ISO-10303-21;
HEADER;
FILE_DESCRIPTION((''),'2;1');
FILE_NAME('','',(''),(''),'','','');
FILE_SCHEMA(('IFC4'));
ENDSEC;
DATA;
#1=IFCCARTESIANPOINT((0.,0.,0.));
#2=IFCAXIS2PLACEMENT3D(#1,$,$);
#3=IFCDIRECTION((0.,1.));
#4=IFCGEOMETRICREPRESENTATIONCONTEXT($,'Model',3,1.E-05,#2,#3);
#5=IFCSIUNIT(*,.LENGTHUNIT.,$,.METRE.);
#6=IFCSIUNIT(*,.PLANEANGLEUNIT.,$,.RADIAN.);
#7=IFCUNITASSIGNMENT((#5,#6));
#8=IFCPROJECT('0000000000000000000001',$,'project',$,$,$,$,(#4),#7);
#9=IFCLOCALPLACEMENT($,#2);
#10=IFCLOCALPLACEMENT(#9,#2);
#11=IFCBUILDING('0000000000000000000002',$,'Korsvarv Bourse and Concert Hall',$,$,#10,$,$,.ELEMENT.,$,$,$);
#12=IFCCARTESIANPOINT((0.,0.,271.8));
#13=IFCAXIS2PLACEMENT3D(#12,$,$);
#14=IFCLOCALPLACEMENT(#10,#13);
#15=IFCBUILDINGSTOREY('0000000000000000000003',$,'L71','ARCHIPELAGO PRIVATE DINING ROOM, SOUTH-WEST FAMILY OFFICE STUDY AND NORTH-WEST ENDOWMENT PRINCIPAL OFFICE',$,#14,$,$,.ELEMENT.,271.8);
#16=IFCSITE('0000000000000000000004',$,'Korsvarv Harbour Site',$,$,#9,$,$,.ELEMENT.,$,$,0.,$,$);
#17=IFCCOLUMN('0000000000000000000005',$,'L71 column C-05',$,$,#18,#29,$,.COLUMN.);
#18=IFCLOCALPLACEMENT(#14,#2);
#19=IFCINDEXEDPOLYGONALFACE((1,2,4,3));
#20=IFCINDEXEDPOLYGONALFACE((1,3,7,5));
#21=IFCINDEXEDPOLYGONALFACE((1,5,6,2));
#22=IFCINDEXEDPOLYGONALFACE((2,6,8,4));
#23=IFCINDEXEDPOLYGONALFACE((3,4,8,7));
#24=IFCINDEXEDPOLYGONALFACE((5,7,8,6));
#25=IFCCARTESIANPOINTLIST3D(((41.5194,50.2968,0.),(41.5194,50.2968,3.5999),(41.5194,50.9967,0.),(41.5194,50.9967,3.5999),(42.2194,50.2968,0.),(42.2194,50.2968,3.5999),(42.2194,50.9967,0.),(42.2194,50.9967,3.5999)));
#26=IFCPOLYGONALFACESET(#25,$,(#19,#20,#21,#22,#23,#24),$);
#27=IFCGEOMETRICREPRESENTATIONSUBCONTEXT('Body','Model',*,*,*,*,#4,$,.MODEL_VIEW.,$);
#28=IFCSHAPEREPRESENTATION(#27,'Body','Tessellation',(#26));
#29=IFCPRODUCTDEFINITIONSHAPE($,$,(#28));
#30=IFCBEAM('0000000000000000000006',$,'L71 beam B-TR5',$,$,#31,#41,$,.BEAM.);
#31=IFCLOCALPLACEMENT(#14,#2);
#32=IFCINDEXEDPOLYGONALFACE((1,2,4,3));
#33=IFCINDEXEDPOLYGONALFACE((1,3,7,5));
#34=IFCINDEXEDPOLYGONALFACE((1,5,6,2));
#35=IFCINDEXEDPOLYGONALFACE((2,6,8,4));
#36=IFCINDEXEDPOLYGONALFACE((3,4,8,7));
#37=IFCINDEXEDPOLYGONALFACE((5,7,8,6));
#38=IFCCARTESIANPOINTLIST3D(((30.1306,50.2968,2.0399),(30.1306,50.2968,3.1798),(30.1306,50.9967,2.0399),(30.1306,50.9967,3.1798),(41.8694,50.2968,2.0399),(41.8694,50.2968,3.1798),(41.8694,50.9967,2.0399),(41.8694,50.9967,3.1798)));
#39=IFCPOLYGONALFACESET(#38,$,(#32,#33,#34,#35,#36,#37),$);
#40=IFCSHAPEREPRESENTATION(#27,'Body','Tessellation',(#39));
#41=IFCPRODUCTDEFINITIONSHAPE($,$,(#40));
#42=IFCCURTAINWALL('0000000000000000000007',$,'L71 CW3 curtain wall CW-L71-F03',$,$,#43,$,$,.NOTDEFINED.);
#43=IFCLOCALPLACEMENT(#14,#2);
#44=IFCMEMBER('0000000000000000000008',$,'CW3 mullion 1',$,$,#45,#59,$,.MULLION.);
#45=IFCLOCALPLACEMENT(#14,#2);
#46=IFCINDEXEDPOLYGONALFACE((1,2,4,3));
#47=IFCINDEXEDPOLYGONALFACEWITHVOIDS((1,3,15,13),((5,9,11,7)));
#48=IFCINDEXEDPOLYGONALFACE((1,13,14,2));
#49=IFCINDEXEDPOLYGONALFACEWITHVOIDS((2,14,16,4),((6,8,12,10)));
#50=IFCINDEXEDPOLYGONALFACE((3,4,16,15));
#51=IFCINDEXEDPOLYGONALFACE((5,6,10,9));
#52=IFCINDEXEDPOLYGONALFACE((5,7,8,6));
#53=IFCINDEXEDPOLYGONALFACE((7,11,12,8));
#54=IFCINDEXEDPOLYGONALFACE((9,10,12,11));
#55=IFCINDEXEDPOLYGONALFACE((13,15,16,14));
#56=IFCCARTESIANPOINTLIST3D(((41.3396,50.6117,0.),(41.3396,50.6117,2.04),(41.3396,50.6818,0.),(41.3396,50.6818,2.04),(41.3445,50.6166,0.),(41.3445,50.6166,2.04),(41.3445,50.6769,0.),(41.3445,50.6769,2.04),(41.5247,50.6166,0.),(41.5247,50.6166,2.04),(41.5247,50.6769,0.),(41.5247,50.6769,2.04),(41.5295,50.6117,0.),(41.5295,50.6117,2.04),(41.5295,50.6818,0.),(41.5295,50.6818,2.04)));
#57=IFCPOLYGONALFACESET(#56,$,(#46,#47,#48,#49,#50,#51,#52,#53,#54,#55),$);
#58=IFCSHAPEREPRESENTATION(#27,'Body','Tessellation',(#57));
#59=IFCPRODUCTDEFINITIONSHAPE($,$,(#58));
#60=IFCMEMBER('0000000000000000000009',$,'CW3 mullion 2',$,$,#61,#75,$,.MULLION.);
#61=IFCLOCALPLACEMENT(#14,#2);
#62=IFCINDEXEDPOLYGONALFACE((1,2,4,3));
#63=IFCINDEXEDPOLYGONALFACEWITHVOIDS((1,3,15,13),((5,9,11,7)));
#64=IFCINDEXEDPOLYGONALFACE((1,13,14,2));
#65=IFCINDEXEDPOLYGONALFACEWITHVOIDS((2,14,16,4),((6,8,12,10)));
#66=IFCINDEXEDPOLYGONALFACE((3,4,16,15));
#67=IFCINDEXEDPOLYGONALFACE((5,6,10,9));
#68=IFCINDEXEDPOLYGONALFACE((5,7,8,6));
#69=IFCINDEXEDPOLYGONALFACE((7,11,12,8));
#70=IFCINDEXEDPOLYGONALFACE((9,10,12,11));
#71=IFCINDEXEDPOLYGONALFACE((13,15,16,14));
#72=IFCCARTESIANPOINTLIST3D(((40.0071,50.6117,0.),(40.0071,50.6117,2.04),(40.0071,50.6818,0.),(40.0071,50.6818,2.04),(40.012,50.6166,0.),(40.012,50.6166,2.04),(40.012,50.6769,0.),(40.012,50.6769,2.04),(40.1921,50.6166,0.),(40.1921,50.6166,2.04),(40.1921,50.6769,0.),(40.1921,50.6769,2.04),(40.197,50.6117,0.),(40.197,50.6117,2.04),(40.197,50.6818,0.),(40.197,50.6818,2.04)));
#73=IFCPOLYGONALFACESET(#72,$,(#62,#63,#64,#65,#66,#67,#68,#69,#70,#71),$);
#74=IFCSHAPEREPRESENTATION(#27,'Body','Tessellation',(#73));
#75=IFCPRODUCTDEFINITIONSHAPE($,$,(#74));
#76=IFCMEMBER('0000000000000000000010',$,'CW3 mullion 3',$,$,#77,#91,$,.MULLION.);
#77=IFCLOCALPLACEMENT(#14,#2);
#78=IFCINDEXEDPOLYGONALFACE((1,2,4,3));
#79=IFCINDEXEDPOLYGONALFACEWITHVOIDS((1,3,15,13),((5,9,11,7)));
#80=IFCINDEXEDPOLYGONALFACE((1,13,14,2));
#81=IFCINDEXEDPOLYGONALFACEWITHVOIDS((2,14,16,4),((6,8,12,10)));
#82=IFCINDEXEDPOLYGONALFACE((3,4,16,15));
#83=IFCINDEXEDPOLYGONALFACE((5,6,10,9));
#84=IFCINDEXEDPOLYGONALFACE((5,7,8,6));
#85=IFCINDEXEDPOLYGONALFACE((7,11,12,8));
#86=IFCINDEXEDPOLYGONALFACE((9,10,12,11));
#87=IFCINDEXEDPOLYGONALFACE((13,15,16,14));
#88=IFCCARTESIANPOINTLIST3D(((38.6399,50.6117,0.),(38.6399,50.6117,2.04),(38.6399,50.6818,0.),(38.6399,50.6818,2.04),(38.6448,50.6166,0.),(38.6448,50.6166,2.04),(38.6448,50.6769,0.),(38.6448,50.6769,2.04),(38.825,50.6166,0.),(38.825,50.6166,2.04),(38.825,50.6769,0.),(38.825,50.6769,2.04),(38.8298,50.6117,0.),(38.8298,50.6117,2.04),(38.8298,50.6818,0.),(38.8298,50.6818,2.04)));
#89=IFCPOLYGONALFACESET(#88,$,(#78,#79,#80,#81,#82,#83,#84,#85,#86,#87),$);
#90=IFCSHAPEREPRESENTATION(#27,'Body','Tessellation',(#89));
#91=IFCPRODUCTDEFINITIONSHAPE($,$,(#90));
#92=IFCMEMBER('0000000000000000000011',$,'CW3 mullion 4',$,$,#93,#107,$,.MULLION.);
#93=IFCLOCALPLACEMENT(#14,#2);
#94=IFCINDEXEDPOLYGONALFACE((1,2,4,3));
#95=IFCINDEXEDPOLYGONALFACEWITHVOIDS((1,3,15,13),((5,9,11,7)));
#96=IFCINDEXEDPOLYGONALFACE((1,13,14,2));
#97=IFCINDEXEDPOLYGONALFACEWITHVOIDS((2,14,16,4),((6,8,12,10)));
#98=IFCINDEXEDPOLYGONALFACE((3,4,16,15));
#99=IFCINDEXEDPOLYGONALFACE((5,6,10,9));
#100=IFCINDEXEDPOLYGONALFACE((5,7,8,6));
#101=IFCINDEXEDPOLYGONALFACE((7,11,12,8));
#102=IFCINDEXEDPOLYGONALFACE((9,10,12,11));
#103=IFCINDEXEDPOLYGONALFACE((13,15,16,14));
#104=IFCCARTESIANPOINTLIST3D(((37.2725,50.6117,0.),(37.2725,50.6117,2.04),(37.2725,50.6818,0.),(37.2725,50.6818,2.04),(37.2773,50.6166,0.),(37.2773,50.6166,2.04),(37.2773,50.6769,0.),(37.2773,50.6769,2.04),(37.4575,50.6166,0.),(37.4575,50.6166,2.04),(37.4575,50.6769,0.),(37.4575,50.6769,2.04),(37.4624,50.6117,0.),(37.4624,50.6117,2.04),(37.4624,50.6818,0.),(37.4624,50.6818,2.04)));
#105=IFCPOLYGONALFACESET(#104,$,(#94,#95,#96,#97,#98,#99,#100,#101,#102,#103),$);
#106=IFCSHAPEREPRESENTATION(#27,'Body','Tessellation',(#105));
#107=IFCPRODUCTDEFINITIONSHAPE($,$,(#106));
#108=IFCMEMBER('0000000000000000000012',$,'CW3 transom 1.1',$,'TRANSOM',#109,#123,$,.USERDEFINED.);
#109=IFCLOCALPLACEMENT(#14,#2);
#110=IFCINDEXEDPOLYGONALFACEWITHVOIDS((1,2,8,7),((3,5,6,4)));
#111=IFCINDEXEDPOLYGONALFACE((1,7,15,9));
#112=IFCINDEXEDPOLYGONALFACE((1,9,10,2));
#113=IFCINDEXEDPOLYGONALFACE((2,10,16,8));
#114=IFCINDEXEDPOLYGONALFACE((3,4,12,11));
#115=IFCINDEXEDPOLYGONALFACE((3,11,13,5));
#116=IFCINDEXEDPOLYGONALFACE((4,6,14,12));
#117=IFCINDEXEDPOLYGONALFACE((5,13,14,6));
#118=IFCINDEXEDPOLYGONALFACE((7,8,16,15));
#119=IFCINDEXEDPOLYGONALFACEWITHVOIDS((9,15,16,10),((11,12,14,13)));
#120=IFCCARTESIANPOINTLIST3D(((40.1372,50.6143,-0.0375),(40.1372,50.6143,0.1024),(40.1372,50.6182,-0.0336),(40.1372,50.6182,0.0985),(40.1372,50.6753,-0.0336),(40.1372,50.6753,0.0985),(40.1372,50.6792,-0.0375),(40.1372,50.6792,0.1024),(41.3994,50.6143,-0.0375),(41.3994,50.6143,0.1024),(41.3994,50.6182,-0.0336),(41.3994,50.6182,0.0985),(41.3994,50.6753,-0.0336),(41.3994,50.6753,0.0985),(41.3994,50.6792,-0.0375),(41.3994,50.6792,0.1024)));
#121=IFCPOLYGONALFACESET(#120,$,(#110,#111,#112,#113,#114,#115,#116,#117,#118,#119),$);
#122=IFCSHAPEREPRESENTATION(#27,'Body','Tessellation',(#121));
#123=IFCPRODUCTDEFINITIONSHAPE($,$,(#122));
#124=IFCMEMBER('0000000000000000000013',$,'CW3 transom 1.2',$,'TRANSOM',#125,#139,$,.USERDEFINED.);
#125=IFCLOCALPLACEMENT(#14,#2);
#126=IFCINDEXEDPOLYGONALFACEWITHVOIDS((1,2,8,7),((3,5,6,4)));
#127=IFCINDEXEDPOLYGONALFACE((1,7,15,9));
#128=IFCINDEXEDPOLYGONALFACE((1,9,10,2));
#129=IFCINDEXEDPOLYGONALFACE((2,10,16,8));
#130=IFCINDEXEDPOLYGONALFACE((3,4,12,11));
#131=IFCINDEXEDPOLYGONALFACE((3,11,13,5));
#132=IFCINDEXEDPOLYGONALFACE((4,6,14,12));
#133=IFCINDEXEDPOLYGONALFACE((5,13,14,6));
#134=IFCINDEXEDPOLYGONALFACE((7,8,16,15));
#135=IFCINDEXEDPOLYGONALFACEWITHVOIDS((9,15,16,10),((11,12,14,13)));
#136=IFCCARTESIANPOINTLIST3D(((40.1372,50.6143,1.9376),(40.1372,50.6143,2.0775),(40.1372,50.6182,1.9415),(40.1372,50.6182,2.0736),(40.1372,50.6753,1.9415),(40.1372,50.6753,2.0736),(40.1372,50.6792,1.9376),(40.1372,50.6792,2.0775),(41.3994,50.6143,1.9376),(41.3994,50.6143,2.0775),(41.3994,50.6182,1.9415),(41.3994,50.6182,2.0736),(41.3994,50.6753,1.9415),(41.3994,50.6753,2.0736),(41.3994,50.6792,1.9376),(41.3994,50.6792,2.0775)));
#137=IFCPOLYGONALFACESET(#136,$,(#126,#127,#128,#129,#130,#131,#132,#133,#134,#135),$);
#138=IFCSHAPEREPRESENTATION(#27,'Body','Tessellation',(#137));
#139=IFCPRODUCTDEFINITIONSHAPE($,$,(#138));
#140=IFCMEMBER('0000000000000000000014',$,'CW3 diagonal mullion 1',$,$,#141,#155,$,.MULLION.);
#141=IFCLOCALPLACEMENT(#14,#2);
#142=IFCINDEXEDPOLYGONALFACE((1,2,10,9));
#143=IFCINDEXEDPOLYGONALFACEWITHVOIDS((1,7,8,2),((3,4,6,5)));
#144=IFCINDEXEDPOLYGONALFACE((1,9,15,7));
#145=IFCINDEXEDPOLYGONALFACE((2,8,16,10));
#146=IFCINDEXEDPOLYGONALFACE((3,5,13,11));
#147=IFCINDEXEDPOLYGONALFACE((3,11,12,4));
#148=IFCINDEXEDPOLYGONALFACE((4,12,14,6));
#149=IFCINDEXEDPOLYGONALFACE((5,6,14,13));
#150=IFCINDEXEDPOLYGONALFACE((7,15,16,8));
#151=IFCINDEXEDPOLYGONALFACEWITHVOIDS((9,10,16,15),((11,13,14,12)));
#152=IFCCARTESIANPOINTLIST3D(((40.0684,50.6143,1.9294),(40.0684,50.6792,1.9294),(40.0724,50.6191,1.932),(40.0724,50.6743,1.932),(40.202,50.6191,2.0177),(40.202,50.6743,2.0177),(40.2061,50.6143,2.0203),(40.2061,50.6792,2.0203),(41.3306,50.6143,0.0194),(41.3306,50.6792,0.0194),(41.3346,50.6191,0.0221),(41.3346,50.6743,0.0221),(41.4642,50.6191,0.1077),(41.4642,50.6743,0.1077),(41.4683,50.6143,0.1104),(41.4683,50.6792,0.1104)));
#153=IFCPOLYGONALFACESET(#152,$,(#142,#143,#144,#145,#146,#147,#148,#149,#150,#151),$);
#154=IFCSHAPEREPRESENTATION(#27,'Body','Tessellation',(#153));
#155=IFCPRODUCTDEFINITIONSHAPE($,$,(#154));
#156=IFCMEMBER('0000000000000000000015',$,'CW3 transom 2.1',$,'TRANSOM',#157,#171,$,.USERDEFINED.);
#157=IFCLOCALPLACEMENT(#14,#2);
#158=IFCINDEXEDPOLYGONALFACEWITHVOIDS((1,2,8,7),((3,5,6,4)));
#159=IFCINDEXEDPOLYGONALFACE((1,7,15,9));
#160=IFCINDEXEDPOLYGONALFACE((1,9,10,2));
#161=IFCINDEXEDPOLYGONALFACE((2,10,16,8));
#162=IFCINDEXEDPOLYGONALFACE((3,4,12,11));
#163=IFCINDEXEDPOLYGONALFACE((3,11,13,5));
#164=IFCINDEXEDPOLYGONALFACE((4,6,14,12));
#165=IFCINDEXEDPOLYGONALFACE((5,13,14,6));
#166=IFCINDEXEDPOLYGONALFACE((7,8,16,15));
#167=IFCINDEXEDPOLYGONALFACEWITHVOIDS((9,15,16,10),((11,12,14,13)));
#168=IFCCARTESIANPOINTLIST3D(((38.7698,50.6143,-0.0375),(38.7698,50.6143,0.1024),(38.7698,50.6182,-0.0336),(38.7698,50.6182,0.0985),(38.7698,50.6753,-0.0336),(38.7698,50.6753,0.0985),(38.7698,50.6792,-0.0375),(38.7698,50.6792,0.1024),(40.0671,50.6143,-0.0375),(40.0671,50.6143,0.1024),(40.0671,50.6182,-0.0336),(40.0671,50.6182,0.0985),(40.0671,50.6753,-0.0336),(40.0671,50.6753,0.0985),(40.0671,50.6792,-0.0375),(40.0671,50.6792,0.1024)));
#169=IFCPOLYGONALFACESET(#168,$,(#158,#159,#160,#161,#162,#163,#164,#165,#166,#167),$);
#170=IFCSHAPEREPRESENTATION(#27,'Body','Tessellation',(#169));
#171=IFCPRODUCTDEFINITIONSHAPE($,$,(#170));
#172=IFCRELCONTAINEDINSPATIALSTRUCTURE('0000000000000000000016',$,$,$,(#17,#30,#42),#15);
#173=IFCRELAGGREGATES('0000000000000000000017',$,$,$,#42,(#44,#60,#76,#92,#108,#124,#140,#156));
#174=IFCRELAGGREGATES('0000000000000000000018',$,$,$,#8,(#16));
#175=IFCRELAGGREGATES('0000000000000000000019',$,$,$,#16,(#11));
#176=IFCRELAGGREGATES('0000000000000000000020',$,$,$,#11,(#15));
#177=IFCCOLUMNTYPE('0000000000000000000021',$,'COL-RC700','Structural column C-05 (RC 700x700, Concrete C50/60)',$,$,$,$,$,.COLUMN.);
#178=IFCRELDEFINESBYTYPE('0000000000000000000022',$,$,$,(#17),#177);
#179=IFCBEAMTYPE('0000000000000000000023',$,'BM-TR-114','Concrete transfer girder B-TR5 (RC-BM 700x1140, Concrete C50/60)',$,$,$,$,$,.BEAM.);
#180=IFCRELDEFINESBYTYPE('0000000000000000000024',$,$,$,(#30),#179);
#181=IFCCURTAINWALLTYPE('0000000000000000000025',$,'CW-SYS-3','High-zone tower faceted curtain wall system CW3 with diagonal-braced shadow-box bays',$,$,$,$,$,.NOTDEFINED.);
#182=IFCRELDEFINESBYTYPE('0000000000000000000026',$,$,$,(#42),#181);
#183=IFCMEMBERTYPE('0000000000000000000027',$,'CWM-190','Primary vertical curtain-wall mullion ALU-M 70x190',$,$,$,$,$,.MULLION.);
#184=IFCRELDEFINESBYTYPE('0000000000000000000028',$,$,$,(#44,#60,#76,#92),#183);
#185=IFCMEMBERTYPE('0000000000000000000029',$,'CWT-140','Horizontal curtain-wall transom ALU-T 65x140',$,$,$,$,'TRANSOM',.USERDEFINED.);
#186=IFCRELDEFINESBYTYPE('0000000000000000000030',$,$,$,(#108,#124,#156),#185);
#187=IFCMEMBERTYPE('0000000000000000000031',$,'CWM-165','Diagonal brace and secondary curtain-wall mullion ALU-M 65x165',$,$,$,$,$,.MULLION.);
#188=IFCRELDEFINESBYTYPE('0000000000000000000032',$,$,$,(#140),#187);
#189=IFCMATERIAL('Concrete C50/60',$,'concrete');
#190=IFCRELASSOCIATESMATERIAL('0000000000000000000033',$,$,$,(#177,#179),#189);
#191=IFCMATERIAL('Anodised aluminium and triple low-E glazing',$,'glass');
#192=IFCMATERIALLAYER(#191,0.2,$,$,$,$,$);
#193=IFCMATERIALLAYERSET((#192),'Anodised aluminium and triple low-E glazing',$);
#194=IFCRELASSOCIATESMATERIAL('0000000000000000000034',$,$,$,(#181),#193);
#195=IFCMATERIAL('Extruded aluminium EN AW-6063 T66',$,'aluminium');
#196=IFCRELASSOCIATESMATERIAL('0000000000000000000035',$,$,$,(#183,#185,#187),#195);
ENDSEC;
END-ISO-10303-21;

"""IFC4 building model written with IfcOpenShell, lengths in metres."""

from ifc_helpers import new_model, si_unit, direction, frame, origin, origin_2d, place, context, subcontext, project, spatial, rectangle, hollow_rectangle, extrude, source, transform, mapped, material, layer, layer_set, material_profile, profile_set, type_object, element, aggregate, save


model = new_model("IFC4")

# Units and contexts
model_context = context("Model", 3, precision=1e-05, world=origin(), true_north=direction((0.0, 1.0)))
body_context = subcontext(model_context, "Body", "Model", "MODEL_VIEW")
ifc_project = project(units=[si_unit("LENGTHUNIT", "METRE"), si_unit("PLANEANGLEUNIT", "RADIAN")], contexts=[model_context])

# Site, building, storey
site_placement = place(None, origin())
site = spatial("IfcSite", under=ifc_project, at=site_placement, Name="Korsvarv Harbour Site", CompositionType="ELEMENT", RefElevation=0.0)
building_placement = place(site_placement, origin())
building = spatial("IfcBuilding", under=site, at=building_placement, Name="Korsvarv Bourse and Concert Hall", CompositionType="ELEMENT")
storey_placement = place(building_placement, frame((0.0, 0.0, 271.8)))
storey = spatial("IfcBuildingStorey", under=building, at=storey_placement, Name="L71", Description="ARCHIPELAGO PRIVATE DINING ROOM, SOUTH-WEST FAMILY OFFICE STUDY AND NORTH-WEST ENDOWMENT PRINCIPAL OFFICE", CompositionType="ELEMENT", Elevation=271.8)

# Column
ifc_material_1 = material(Name="Concrete C50/60", Category="concrete")
ifc_material_profile_1 = material_profile(ifc_material_1, rectangle(XDim=0.7, YDim=0.7, at=origin_2d()), Name="RC 700x700")
ifc_profile_set_1 = profile_set([ifc_material_profile_1], Name="Concrete C50/60")
column_type = type_object("IfcColumnType", Name="COL-RC700", Description="Structural column C-05 (RC 700x700, Concrete C50/60)", PredefinedType="COLUMN", material=ifc_profile_set_1)
shared_shape_1 = source(origin(), body_context, "Body", "SweptSolid", [
    extrude(rectangle(XDim=0.7, YDim=0.7, at=origin_2d()), origin(), (0.0, 0.0, 1.0), 3.5999),
])
column_placement = place(storey_placement, frame((41.8694, 50.6467, 0.0), z_axis=(0.0, 0.0, 1.0), x_axis=(1.0, 0.0, 0.0)))
element("IfcColumn", 1, at=column_placement, inside=storey, type_object=column_type, Name="L71 column C-05", PredefinedType="COLUMN", context=body_context, shape_type="MappedRepresentation", body=[
    mapped(shared_shape_1, transform((0.0, 0.0, 0.0), scale=1.0)),
])

# Beam
ifc_material_profile_2 = material_profile(ifc_material_1, rectangle(XDim=0.7, YDim=1.1399, at=origin_2d()), Name="RC-BM 700x1140")
ifc_profile_set_2 = profile_set([ifc_material_profile_2], Name="Concrete C50/60")
beam_type = type_object("IfcBeamType", Name="BM-TR-114", Description="Concrete transfer girder B-TR5 (RC-BM 700x1140, Concrete C50/60)", PredefinedType="BEAM", material=ifc_profile_set_2)
shared_shape_2 = source(origin(), body_context, "Body", "SweptSolid", [
    extrude(rectangle(XDim=0.7, YDim=1.1399, at=origin_2d()), origin(), (0.0, 0.0, 1.0), 11.7388),
])
beam_placement = place(storey_placement, frame((41.8694, 50.6467, 2.6099), z_axis=(-1.0, 0.0, 0.0), x_axis=(0.0, -1.0, 0.0)))
element("IfcBeam", 2, at=beam_placement, inside=storey, type_object=beam_type, Name="L71 beam B-TR5", PredefinedType="BEAM", context=body_context, shape_type="MappedRepresentation", body=[
    mapped(shared_shape_2, transform((0.0, 0.0, 0.0), scale=1.0)),
])

# Curtain wall, members
ifc_material_2 = material(Name="Anodised aluminium and triple low-E glazing", Category="glass")
ifc_layer_1 = layer(ifc_material_2, 0.2)
ifc_layer_set_1 = layer_set([ifc_layer_1], Name="Anodised aluminium and triple low-E glazing")
curtain_wall_type = type_object("IfcCurtainWallType", Name="CW-SYS-3", Description="High-zone tower faceted curtain wall system CW3 with diagonal-braced shadow-box bays", PredefinedType="NOTDEFINED", material=ifc_layer_set_1)
curtain_wall_placement = place(storey_placement, origin())
curtain_wall = element("IfcCurtainWall", 3, at=curtain_wall_placement, inside=storey, type_object=curtain_wall_type, Name="L71 CW3 curtain wall CW-L71-F03", PredefinedType="NOTDEFINED")
ifc_material_3 = material(Name="Extruded aluminium EN AW-6063 T66", Category="aluminium")
ifc_material_profile_3 = material_profile(ifc_material_3, hollow_rectangle(XDim=0.0701, YDim=0.1899, WallThickness=0.0049, at=origin_2d()), Name="ALU-M 70x190")
ifc_profile_set_3 = profile_set([ifc_material_profile_3], Name="Extruded aluminium EN AW-6063 T66")
member_type_1 = type_object("IfcMemberType", Name="CWM-190", Description="Primary vertical curtain-wall mullion ALU-M 70x190", PredefinedType="MULLION", material=ifc_profile_set_3)
shared_shape_3 = source(origin(), body_context, "Body", "SweptSolid", [
    extrude(hollow_rectangle(XDim=0.0701, YDim=0.1899, WallThickness=0.0049, at=origin_2d()), origin(), (0.0, 0.0, 1.0), 2.04),
])
member_1_placement = place(storey_placement, frame((41.4346, 50.6467, 0.0), z_axis=(0.0, 0.0, 1.0), x_axis=(0.0, -1.0, 0.0)))
member_1 = element("IfcMember", 4, at=member_1_placement, type_object=member_type_1, Name="CW3 mullion 1", PredefinedType="MULLION", context=body_context, shape_type="MappedRepresentation", body=[
    mapped(shared_shape_3, transform((0.0, 0.0, 0.0), scale=1.0)),
])
member_2_placement = place(storey_placement, frame((40.1021, 50.6467, 0.0), z_axis=(0.0, 0.0, 1.0), x_axis=(0.0, -1.0, 0.0)))
member_2 = element("IfcMember", 5, at=member_2_placement, type_object=member_type_1, Name="CW3 mullion 2", PredefinedType="MULLION", context=body_context, shape_type="MappedRepresentation", body=[
    mapped(shared_shape_3, transform((0.0, 0.0, 0.0), scale=1.0)),
])
member_3_placement = place(storey_placement, frame((38.7349, 50.6467, 0.0), z_axis=(0.0, 0.0, 1.0), x_axis=(0.0, -1.0, 0.0)))
member_3 = element("IfcMember", 6, at=member_3_placement, type_object=member_type_1, Name="CW3 mullion 3", PredefinedType="MULLION", context=body_context, shape_type="MappedRepresentation", body=[
    mapped(shared_shape_3, transform((0.0, 0.0, 0.0), scale=1.0)),
])
member_4_placement = place(storey_placement, frame((37.3674, 50.6467, 0.0), z_axis=(0.0, 0.0, 1.0), x_axis=(0.0, -1.0, 0.0)))
member_4 = element("IfcMember", 7, at=member_4_placement, type_object=member_type_1, Name="CW3 mullion 4", PredefinedType="MULLION", context=body_context, shape_type="MappedRepresentation", body=[
    mapped(shared_shape_3, transform((0.0, 0.0, 0.0), scale=1.0)),
])
ifc_material_profile_4 = material_profile(ifc_material_3, hollow_rectangle(XDim=0.0649, YDim=0.1399, WallThickness=0.0039, at=origin_2d()), Name="ALU-T 65x140")
ifc_profile_set_4 = profile_set([ifc_material_profile_4], Name="Extruded aluminium EN AW-6063 T66")
member_type_2 = type_object("IfcMemberType", Name="CWT-140", Description="Horizontal curtain-wall transom ALU-T 65x140", ElementType="TRANSOM", PredefinedType="USERDEFINED", material=ifc_profile_set_4)
shared_shape_4 = source(origin(), body_context, "Body", "SweptSolid", [
    extrude(hollow_rectangle(XDim=0.0649, YDim=0.1399, WallThickness=0.0039, at=origin_2d()), origin(), (0.0, 0.0, 1.0), 1.2622),
])
member_5_placement = place(storey_placement, frame((41.3994, 50.6467, 0.0325), z_axis=(-1.0, 0.0, 0.0), x_axis=(0.0, -1.0, 0.0)))
member_5 = element("IfcMember", 8, at=member_5_placement, type_object=member_type_2, Name="CW3 transom 1.1", ObjectType="TRANSOM", PredefinedType="USERDEFINED", context=body_context, shape_type="MappedRepresentation", body=[
    mapped(shared_shape_4, transform((0.0, 0.0, 0.0), scale=1.0)),
])
member_6_placement = place(storey_placement, frame((41.3994, 50.6467, 2.0076), z_axis=(-1.0, 0.0, 0.0), x_axis=(0.0, -1.0, 0.0)))
member_6 = element("IfcMember", 9, at=member_6_placement, type_object=member_type_2, Name="CW3 transom 1.2", ObjectType="TRANSOM", PredefinedType="USERDEFINED", context=body_context, shape_type="MappedRepresentation", body=[
    mapped(shared_shape_4, transform((0.0, 0.0, 0.0), scale=1.0)),
])
ifc_material_profile_5 = material_profile(ifc_material_3, hollow_rectangle(XDim=0.0649, YDim=0.165, WallThickness=0.0049, at=origin_2d()), Name="ALU-M 65x165")
ifc_profile_set_5 = profile_set([ifc_material_profile_5], Name="Extruded aluminium EN AW-6063 T66")
member_type_3 = type_object("IfcMemberType", Name="CWM-165", Description="Diagonal brace and secondary curtain-wall mullion ALU-M 65x165", PredefinedType="MULLION", material=ifc_profile_set_5)
shared_shape_5 = source(origin(), body_context, "Body", "SweptSolid", [
    extrude(hollow_rectangle(XDim=0.0649, YDim=0.165, WallThickness=0.0049, at=origin_2d()), origin(), (0.0, 0.0, 1.0), 2.2893),
])
member_7_placement = place(storey_placement, frame((41.3994, 50.6467, 0.0649), z_axis=(-0.551349, 0.0, 0.834275), x_axis=(0.0, -1.0, 0.0)))
member_7 = element("IfcMember", 10, at=member_7_placement, type_object=member_type_3, Name="CW3 diagonal mullion 1", PredefinedType="MULLION", context=body_context, shape_type="MappedRepresentation", body=[
    mapped(shared_shape_5, transform((0.0, 0.0, 0.0), scale=1.0)),
])
shared_shape_6 = source(origin(), body_context, "Body", "SweptSolid", [
    extrude(hollow_rectangle(XDim=0.0649, YDim=0.1399, WallThickness=0.0039, at=origin_2d()), origin(), (0.0, 0.0, 1.0), 1.2974),
])
member_8_placement = place(storey_placement, frame((40.0671, 50.6467, 0.0325), z_axis=(-1.0, 0.0, 0.0), x_axis=(0.0, -1.0, 0.0)))
member_8 = element("IfcMember", 11, at=member_8_placement, type_object=member_type_2, Name="CW3 transom 2.1", ObjectType="TRANSOM", PredefinedType="USERDEFINED", context=body_context, shape_type="MappedRepresentation", body=[
    mapped(shared_shape_6, transform((0.0, 0.0, 0.0), scale=1.0)),
])
aggregate(curtain_wall, [member_1, member_2, member_3, member_4, member_5, member_6, member_7, member_8])

save(model, "model.ifc")
